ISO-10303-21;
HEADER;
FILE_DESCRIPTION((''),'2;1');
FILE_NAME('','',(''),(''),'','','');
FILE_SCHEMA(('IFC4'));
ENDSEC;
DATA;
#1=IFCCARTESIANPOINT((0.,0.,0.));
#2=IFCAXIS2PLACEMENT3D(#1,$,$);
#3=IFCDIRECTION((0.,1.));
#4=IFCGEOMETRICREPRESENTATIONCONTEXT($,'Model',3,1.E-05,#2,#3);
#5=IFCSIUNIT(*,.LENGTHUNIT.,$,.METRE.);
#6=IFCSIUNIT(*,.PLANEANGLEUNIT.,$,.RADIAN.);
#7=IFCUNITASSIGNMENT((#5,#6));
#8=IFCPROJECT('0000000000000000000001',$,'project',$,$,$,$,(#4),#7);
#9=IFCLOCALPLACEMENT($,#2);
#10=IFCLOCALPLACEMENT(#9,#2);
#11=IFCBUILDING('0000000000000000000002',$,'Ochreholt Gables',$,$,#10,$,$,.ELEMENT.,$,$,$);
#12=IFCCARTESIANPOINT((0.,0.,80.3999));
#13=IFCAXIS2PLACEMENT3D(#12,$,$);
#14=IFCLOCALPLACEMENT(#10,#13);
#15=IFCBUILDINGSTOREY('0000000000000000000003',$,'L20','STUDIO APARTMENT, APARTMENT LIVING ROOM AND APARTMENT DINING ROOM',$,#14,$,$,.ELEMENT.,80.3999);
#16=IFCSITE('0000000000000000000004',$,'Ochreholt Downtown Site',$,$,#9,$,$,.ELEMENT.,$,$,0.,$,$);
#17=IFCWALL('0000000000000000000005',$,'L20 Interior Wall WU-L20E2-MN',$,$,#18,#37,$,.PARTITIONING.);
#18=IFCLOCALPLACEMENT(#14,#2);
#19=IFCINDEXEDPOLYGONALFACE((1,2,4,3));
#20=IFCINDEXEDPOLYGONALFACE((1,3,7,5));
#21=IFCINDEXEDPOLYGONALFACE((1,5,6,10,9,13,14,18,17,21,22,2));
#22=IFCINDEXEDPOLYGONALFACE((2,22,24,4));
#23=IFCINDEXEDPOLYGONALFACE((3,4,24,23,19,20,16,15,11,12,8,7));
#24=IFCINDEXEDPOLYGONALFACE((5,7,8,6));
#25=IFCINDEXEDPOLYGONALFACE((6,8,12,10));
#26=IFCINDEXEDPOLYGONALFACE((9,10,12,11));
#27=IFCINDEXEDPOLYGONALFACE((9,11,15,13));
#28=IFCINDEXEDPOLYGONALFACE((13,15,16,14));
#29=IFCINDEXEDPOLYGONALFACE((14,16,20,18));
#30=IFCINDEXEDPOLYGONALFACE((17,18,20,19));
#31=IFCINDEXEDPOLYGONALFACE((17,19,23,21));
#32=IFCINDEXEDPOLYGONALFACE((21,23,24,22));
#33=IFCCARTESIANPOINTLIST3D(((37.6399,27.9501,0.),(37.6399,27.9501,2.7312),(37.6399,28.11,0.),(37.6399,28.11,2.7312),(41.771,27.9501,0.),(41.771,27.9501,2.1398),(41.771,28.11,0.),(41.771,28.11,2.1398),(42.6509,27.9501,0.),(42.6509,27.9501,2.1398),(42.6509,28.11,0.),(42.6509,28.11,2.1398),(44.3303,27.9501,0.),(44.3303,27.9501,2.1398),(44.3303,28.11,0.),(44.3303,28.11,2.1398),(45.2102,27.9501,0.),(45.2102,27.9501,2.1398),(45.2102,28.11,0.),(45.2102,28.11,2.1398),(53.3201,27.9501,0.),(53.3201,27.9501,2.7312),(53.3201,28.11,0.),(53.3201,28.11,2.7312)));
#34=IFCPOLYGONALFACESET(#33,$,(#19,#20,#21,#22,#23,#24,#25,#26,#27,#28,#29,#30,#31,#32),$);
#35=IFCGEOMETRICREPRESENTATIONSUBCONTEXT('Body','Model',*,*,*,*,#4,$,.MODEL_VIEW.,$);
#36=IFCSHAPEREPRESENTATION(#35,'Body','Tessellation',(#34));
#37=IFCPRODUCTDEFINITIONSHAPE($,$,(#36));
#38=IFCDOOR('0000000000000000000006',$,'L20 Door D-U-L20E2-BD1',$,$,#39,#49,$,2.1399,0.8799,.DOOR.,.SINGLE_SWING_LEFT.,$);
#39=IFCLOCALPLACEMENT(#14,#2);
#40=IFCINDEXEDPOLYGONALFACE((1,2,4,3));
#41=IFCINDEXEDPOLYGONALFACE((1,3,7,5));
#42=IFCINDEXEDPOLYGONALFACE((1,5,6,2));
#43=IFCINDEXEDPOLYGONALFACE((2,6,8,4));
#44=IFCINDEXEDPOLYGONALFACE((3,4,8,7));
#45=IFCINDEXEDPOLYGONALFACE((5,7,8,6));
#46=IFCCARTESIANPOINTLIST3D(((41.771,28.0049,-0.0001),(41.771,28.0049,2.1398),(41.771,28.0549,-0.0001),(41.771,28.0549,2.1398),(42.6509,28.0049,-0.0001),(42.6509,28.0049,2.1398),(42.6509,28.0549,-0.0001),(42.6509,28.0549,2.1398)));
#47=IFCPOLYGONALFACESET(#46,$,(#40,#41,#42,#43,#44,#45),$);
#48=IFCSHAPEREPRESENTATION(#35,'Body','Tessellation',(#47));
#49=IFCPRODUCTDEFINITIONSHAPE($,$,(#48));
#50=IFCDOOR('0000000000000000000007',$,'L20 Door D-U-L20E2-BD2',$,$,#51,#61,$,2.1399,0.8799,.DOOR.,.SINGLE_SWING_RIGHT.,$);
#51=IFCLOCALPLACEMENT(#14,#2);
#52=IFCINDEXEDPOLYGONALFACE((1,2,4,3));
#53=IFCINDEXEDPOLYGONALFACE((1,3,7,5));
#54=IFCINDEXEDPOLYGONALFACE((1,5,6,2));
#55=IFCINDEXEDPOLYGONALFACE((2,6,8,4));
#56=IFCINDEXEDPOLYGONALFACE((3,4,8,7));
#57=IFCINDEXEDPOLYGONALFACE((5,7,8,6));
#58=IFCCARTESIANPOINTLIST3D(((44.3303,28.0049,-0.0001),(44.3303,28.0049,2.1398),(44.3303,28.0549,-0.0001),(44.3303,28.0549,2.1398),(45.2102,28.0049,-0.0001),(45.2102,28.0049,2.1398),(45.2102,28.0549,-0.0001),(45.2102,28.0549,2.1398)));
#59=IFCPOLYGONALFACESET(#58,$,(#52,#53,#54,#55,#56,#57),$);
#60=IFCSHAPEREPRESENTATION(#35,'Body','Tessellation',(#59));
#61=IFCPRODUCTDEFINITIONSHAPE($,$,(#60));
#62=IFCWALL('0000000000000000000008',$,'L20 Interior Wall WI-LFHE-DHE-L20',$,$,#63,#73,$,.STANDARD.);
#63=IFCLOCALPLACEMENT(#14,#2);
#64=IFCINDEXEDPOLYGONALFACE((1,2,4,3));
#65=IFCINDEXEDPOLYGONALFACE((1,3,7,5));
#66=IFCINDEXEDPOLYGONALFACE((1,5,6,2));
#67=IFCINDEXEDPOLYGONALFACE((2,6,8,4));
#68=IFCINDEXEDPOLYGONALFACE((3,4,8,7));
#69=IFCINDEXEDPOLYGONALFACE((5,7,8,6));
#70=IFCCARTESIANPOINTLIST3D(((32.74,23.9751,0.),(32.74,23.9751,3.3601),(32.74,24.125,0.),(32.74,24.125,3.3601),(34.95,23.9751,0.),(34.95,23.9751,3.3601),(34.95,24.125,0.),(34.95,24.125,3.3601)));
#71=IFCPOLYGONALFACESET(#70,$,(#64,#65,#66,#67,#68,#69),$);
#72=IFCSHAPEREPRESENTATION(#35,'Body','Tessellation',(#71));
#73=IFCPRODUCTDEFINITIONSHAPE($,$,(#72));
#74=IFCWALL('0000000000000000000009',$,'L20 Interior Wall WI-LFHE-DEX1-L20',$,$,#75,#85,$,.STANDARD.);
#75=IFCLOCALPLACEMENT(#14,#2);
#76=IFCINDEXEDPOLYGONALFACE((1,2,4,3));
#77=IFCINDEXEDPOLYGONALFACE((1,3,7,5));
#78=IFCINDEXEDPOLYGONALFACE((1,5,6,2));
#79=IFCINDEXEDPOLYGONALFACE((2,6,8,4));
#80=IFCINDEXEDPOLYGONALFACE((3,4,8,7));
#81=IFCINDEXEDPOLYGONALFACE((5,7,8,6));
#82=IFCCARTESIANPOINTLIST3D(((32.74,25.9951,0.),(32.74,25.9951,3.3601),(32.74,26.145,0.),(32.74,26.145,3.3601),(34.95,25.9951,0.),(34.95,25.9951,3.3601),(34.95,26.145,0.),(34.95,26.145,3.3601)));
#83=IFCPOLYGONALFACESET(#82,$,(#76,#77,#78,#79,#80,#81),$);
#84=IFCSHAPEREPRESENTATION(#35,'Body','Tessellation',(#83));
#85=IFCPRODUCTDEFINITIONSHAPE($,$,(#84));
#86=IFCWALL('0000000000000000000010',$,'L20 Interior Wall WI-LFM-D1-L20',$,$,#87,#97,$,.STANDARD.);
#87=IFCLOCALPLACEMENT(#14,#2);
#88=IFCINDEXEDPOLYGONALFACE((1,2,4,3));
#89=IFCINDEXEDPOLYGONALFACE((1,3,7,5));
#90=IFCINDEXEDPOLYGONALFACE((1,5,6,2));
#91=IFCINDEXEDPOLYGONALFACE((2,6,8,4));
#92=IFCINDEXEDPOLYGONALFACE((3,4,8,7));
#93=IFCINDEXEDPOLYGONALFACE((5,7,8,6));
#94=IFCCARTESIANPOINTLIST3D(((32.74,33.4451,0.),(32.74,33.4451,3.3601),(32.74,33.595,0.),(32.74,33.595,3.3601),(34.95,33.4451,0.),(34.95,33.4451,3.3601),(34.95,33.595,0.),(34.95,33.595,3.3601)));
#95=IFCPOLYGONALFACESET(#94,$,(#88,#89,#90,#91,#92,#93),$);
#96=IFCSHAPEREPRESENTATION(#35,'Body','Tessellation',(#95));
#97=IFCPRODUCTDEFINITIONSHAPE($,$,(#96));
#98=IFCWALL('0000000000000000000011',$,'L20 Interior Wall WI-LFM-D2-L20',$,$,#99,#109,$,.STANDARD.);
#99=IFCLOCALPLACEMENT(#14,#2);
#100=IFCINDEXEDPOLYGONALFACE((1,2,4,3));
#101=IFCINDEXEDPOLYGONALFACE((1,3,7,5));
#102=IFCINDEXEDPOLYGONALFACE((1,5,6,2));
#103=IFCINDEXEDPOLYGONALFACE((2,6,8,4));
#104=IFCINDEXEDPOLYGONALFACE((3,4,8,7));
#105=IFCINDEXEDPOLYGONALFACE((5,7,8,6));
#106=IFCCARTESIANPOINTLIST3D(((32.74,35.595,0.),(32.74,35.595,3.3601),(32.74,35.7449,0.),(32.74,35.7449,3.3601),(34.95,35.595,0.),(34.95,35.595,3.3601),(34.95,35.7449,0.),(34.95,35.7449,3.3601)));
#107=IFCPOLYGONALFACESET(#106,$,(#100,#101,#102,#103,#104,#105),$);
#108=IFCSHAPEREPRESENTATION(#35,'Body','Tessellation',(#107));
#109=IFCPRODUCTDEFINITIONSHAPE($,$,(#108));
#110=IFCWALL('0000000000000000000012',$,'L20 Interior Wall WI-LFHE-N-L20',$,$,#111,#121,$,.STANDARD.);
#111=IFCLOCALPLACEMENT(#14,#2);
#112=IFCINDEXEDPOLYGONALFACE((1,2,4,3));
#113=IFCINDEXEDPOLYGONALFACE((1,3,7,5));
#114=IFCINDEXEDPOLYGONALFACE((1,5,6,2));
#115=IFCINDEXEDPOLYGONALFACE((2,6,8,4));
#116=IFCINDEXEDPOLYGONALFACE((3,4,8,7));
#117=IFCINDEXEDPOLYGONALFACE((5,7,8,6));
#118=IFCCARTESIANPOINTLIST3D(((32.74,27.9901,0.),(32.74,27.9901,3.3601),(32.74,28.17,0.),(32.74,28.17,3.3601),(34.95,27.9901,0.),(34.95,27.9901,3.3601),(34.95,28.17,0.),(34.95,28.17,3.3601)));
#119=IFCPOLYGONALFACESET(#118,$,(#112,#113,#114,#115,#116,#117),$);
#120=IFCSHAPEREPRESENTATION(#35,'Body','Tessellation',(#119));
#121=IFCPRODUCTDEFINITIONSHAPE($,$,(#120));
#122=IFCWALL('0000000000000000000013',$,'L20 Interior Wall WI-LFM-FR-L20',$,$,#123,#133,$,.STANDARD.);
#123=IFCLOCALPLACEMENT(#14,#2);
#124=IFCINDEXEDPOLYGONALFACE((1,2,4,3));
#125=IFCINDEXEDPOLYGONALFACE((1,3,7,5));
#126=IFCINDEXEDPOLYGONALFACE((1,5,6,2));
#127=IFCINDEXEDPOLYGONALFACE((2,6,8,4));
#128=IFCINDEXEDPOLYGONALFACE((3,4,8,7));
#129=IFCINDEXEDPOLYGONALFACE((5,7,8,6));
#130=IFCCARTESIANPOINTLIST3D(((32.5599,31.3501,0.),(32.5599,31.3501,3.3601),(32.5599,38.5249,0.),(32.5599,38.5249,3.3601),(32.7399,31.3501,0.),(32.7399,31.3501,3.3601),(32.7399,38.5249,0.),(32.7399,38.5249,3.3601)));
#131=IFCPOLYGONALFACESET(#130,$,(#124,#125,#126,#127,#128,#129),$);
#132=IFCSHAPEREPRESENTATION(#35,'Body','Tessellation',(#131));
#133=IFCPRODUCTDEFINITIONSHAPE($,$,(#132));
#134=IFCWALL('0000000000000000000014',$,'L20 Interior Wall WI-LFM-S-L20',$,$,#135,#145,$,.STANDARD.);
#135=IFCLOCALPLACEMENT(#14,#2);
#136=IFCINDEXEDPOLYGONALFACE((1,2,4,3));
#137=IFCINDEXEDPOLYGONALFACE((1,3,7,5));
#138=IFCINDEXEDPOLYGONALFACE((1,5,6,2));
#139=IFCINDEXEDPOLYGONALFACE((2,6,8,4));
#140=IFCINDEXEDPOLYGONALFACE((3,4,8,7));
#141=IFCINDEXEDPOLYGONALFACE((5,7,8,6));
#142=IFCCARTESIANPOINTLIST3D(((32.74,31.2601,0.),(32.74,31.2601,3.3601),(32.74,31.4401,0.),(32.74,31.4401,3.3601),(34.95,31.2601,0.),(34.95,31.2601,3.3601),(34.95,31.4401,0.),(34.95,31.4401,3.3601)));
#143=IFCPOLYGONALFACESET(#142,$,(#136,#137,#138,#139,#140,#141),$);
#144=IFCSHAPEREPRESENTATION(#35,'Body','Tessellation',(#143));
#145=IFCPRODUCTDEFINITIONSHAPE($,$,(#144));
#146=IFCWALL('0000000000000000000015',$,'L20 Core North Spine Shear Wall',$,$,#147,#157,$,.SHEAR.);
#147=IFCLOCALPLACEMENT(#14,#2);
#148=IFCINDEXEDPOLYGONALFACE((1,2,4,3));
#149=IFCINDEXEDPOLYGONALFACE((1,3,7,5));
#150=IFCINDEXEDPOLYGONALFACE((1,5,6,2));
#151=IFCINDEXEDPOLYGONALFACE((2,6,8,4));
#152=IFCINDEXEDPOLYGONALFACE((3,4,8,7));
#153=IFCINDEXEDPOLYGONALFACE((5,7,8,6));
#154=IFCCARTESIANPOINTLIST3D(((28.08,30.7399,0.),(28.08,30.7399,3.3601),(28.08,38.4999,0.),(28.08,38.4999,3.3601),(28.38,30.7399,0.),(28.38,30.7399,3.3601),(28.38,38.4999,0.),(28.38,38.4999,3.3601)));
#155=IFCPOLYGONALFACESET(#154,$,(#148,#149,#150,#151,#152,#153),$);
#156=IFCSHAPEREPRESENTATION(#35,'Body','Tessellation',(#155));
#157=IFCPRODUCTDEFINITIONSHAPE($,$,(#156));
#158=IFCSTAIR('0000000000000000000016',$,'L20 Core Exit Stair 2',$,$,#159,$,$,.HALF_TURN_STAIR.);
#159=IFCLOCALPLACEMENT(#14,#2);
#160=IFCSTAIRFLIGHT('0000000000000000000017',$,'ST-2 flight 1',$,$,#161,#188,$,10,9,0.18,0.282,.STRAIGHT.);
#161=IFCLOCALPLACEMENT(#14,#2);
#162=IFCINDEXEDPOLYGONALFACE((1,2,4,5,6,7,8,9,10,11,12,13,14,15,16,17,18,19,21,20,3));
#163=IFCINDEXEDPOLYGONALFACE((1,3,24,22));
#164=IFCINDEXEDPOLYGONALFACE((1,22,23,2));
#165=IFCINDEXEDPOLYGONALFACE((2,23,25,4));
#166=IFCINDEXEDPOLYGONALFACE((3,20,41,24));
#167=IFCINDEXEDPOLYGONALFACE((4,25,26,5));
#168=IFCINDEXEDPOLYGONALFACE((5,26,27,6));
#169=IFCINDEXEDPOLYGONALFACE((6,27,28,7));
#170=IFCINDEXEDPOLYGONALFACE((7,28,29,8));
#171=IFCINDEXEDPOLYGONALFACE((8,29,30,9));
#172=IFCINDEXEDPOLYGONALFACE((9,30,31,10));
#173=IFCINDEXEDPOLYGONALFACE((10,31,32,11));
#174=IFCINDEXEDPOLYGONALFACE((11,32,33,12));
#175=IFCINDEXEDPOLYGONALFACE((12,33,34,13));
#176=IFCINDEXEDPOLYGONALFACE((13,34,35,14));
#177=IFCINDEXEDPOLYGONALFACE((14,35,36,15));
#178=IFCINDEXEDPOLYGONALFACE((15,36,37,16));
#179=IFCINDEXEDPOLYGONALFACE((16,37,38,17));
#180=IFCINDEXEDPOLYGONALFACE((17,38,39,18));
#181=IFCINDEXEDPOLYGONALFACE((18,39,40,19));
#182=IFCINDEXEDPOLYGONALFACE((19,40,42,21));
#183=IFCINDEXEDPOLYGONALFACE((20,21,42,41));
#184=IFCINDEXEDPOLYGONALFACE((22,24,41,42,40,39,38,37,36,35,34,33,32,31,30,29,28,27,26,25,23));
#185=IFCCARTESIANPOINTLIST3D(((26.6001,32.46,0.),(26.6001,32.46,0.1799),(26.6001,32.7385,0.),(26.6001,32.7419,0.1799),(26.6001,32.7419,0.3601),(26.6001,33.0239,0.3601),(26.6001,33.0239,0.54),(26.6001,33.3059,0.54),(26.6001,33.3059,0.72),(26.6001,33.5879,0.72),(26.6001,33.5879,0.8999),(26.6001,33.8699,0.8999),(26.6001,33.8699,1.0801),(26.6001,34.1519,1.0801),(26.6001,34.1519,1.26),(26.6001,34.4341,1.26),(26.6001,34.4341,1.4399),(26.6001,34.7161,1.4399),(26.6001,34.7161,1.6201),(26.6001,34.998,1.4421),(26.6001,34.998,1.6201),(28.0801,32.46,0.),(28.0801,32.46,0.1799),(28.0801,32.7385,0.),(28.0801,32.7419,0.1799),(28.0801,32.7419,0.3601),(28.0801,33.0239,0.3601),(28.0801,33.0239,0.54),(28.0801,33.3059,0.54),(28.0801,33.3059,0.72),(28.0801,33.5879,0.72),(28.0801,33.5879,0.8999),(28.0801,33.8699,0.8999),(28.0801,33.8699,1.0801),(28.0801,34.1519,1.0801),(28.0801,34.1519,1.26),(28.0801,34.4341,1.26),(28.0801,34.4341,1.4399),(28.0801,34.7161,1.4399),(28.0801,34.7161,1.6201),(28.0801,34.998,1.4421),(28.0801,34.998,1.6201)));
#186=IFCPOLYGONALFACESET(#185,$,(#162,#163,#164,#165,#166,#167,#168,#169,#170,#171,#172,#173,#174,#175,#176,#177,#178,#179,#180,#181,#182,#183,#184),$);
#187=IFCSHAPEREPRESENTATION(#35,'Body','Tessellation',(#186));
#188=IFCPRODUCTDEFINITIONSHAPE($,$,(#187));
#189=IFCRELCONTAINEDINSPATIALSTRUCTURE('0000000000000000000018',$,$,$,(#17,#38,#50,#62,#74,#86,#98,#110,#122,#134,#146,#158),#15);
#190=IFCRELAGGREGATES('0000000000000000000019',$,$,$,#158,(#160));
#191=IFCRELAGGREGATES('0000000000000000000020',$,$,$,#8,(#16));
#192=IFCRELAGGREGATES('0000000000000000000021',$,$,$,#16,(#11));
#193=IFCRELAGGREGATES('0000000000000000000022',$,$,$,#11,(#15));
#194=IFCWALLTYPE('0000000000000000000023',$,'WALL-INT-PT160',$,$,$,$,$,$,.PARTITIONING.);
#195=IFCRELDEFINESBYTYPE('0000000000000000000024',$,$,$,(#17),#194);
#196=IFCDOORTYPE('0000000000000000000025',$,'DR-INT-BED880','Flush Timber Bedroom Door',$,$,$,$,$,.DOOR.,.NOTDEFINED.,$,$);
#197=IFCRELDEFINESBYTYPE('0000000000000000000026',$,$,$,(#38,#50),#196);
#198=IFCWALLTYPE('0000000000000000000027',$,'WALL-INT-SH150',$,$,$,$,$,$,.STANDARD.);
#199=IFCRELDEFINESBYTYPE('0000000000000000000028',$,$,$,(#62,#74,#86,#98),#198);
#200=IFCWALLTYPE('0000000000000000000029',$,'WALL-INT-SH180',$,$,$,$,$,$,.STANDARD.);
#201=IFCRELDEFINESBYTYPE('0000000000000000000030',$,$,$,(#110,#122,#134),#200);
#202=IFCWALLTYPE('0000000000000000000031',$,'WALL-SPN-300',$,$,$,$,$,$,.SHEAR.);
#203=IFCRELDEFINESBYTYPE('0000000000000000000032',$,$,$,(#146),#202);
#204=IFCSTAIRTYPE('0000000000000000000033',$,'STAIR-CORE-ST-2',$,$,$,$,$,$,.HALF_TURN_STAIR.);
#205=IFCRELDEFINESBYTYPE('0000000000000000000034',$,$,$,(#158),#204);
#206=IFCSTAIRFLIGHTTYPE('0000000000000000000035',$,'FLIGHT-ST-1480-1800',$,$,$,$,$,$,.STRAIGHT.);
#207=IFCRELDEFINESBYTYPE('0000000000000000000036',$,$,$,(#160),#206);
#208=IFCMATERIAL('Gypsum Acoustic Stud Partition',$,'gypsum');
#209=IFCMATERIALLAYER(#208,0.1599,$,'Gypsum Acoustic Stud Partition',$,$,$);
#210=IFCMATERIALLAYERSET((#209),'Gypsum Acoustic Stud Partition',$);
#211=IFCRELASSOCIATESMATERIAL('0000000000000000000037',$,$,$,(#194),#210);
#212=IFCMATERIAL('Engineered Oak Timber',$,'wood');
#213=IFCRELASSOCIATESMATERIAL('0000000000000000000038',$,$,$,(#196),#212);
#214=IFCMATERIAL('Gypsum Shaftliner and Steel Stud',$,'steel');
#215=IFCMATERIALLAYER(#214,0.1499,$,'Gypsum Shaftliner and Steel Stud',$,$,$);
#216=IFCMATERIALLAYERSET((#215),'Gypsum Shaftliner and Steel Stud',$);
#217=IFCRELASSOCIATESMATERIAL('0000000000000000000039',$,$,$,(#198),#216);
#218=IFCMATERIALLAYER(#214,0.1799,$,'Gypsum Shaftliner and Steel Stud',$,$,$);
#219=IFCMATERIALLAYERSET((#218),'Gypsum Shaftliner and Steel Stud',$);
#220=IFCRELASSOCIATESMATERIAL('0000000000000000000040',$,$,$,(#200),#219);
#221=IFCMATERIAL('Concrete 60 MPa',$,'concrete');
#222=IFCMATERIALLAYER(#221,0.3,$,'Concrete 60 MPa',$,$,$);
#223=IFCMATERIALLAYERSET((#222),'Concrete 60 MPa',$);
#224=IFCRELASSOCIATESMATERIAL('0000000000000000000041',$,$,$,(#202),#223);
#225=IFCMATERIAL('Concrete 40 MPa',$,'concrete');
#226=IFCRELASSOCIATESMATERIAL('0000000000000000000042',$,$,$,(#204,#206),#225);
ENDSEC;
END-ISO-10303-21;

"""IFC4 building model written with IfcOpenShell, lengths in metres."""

from ifc_helpers import new_model, si_unit, direction, frame, frame_2d, origin, place, context, subcontext, project, spatial, polyline, rectangle, outline, extrude, material, layer, layer_set, type_object, element, fill, aggregate, save


model = new_model("IFC4")

# Units and contexts
model_context = context("Model", 3, precision=1e-05, world=origin(), true_north=direction((0.0, 1.0)))
body_context = subcontext(model_context, "Body", "Model", "MODEL_VIEW")
ifc_project = project(units=[si_unit("LENGTHUNIT", "METRE"), si_unit("PLANEANGLEUNIT", "RADIAN")], contexts=[model_context])

# Site, building, storey
site_placement = place(None, origin())
site = spatial("IfcSite", under=ifc_project, at=site_placement, Name="Ochreholt Downtown Site", CompositionType="ELEMENT", RefElevation=0.0)
building_placement = place(site_placement, origin())
building = spatial("IfcBuilding", under=site, at=building_placement, Name="Ochreholt Gables", CompositionType="ELEMENT")
storey_placement = place(building_placement, frame((0.0, 0.0, 80.3999)))
storey = spatial("IfcBuildingStorey", under=building, at=storey_placement, Name="L20", Description="STUDIO APARTMENT, APARTMENT LIVING ROOM AND APARTMENT DINING ROOM", CompositionType="ELEMENT", Elevation=80.3999)

# Shared definitions
ifc_material_1 = material(Name="Concrete 60 MPa", Category="concrete")

# Shared definitions
ifc_material_2 = material(Name="Concrete 40 MPa", Category="concrete")

# Wall, openings, doors
ifc_material_3 = material(Name="Gypsum Acoustic Stud Partition", Category="gypsum")
ifc_layer_1 = layer(ifc_material_3, 0.1599, Name="Gypsum Acoustic Stud Partition")
ifc_layer_set_1 = layer_set([ifc_layer_1], Name="Gypsum Acoustic Stud Partition")
wall_type_1 = type_object("IfcWallType", Name="WALL-INT-PT160", PredefinedType="PARTITIONING", material=ifc_layer_set_1)
wall_1_placement = place(storey_placement, frame((37.6399, 28.03, 0.0), z_axis=(0.0, 0.0, 1.0), x_axis=(1.0, 0.0, 0.0)))
wall_1 = element("IfcWall", 1, at=wall_1_placement, inside=storey, type_object=wall_type_1, Name="L20 Interior Wall WU-L20E2-MN", PredefinedType="PARTITIONING", context=body_context, shape_type="SweptSolid", body=[
    extrude(rectangle(XDim=15.6802, YDim=0.1599, at=frame_2d((7.8401, 0.0))), origin(), (0.0, 0.0, 1.0), 2.7312),
])
opening_1_placement = place(wall_1_placement, frame((4.1311, 0.0, 0.0)))
opening_1 = element("IfcOpeningElement", 2, at=opening_1_placement, cuts=wall_1, PredefinedType="OPENING", context=body_context, shape_type="SweptSolid", body=[
    extrude(rectangle(XDim=0.8799, YDim=2.1399, at=frame_2d((0.4399, 1.0698))), frame((0.0, 0.0898, 0.0), z_axis=(0.0, -1.0, 0.0), x_axis=(1.0, 0.0, 0.0)), (0.0, 0.0, 1.0), 0.1799),
])
opening_2_placement = place(wall_1_placement, frame((6.6904, 0.0, 0.0)))
opening_2 = element("IfcOpeningElement", 3, at=opening_2_placement, cuts=wall_1, PredefinedType="OPENING", context=body_context, shape_type="SweptSolid", body=[
    extrude(rectangle(XDim=0.8799, YDim=2.1399, at=frame_2d((0.4399, 1.0698))), frame((0.0, 0.0898, 0.0), z_axis=(0.0, -1.0, 0.0), x_axis=(1.0, 0.0, 0.0)), (0.0, 0.0, 1.0), 0.1799),
])
ifc_material_4 = material(Name="Engineered Oak Timber", Category="wood")
door_type_1 = type_object("IfcDoorType", Name="DR-INT-BED880", Description="Flush Timber Bedroom Door", OperationType="NOTDEFINED", PredefinedType="DOOR", material=ifc_material_4)
door_1_placement = place(opening_1_placement, origin())
door_1 = element("IfcDoor", 4, at=door_1_placement, inside=storey, type_object=door_type_1, Name="L20 Door D-U-L20E2-BD1", OperationType="SINGLE_SWING_LEFT", OverallHeight=2.1399, OverallWidth=0.8799, PredefinedType="DOOR", context=body_context, shape_type="SweptSolid", body=[
    extrude(rectangle(XDim=0.8799, YDim=2.1399, at=frame_2d((0.4399, 1.0698))), frame((0.0, 0.0249, 0.0), z_axis=(0.0, -1.0, 0.0), x_axis=(1.0, 0.0, 0.0)), (0.0, 0.0, 1.0), 0.05),
])
fill(opening_1, door_1)
door_2_placement = place(opening_2_placement, origin())
door_2 = element("IfcDoor", 5, at=door_2_placement, inside=storey, type_object=door_type_1, Name="L20 Door D-U-L20E2-BD2", OperationType="SINGLE_SWING_RIGHT", OverallHeight=2.1399, OverallWidth=0.8799, PredefinedType="DOOR", context=body_context, shape_type="SweptSolid", body=[
    extrude(rectangle(XDim=0.8799, YDim=2.1399, at=frame_2d((0.4399, 1.0698))), frame((0.0, 0.0249, 0.0), z_axis=(0.0, -1.0, 0.0), x_axis=(1.0, 0.0, 0.0)), (0.0, 0.0, 1.0), 0.05),
])
fill(opening_2, door_2)

# Walls
ifc_material_5 = material(Name="Gypsum Shaftliner and Steel Stud", Category="steel")
ifc_layer_2 = layer(ifc_material_5, 0.1499, Name="Gypsum Shaftliner and Steel Stud")
ifc_layer_set_2 = layer_set([ifc_layer_2], Name="Gypsum Shaftliner and Steel Stud")
wall_type_2 = type_object("IfcWallType", Name="WALL-INT-SH150", PredefinedType="STANDARD", material=ifc_layer_set_2)
for number, where, z_axis, x_axis, name in (
    (6, (32.74, 24.05, 0.0), (0.0, 0.0, 1.0), (1.0, 0.0, 0.0), "L20 Interior Wall WI-LFHE-DHE-L20"),
    (7, (32.74, 26.0701, 0.0), (0.0, 0.0, 1.0), (1.0, 0.0, 0.0), "L20 Interior Wall WI-LFHE-DEX1-L20"),
    (8, (32.74, 33.52, 0.0), (0.0, 0.0, 1.0), (1.0, 0.0, 0.0), "L20 Interior Wall WI-LFM-D1-L20"),
    (9, (32.74, 35.6699, 0.0), (0.0, 0.0, 1.0), (1.0, 0.0, 0.0), "L20 Interior Wall WI-LFM-D2-L20"),
):
    element("IfcWall", number, at=place(storey_placement, frame(where, z_axis=z_axis, x_axis=x_axis)), inside=storey, type_object=wall_type_2, Name=name, PredefinedType="STANDARD", context=body_context, shape_type="SweptSolid", body=[
        extrude(rectangle(XDim=2.21, YDim=0.1499, at=frame_2d((1.105, 0.0))), origin(), (0.0, 0.0, 1.0), 3.3601),
    ])
ifc_layer_3 = layer(ifc_material_5, 0.1799, Name="Gypsum Shaftliner and Steel Stud")
ifc_layer_set_3 = layer_set([ifc_layer_3], Name="Gypsum Shaftliner and Steel Stud")
wall_type_3 = type_object("IfcWallType", Name="WALL-INT-SH180", PredefinedType="STANDARD", material=ifc_layer_set_3)
wall_2_placement = place(storey_placement, frame((32.74, 28.0801, 0.0), z_axis=(0.0, 0.0, 1.0), x_axis=(1.0, 0.0, 0.0)))
element("IfcWall", 10, at=wall_2_placement, inside=storey, type_object=wall_type_3, Name="L20 Interior Wall WI-LFHE-N-L20", PredefinedType="STANDARD", context=body_context, shape_type="SweptSolid", body=[
    extrude(rectangle(XDim=2.21, YDim=0.1799, at=frame_2d((1.105, 0.0))), origin(), (0.0, 0.0, 1.0), 3.3601),
])
wall_3_placement = place(storey_placement, frame((32.6499, 31.3501, 0.0), z_axis=(0.0, 0.0, 1.0), x_axis=(0.0, 1.0, 0.0)))
element("IfcWall", 11, at=wall_3_placement, inside=storey, type_object=wall_type_3, Name="L20 Interior Wall WI-LFM-FR-L20", PredefinedType="STANDARD", context=body_context, shape_type="SweptSolid", body=[
    extrude(rectangle(XDim=7.1748, YDim=0.1799, at=frame_2d((3.5874, 0.0))), origin(), (0.0, 0.0, 1.0), 3.3601),
])
wall_4_placement = place(storey_placement, frame((32.74, 31.3501, 0.0), z_axis=(0.0, 0.0, 1.0), x_axis=(1.0, 0.0, 0.0)))
element("IfcWall", 12, at=wall_4_placement, inside=storey, type_object=wall_type_3, Name="L20 Interior Wall WI-LFM-S-L20", PredefinedType="STANDARD", context=body_context, shape_type="SweptSolid", body=[
    extrude(rectangle(XDim=2.21, YDim=0.1799, at=frame_2d((1.105, 0.0))), origin(), (0.0, 0.0, 1.0), 3.3601),
])
ifc_layer_4 = layer(ifc_material_1, 0.3, Name="Concrete 60 MPa")
ifc_layer_set_4 = layer_set([ifc_layer_4], Name="Concrete 60 MPa")
wall_type_4 = type_object("IfcWallType", Name="WALL-SPN-300", PredefinedType="SHEAR", material=ifc_layer_set_4)
wall_5_placement = place(storey_placement, frame((28.23, 30.74, 0.0), z_axis=(0.0, 0.0, 1.0), x_axis=(0.0, 1.0, 0.0)))
element("IfcWall", 13, at=wall_5_placement, inside=storey, type_object=wall_type_4, Name="L20 Core North Spine Shear Wall", PredefinedType="SHEAR", context=body_context, shape_type="SweptSolid", body=[
    extrude(rectangle(XDim=7.76, YDim=0.3, at=frame_2d((3.8799, 0.0))), origin(), (0.0, 0.0, 1.0), 3.3601),
])

# Stair, stair flight
stair_type = type_object("IfcStairType", Name="STAIR-CORE-ST-2", PredefinedType="HALF_TURN_STAIR", material=ifc_material_2)
stair_placement = place(storey_placement, origin())
stair = element("IfcStair", 14, at=stair_placement, inside=storey, type_object=stair_type, Name="L20 Core Exit Stair 2", PredefinedType="HALF_TURN_STAIR")
stair_flight_type = type_object("IfcStairFlightType", Name="FLIGHT-ST-1480-1800", PredefinedType="STRAIGHT", material=ifc_material_2)
stair_flight_placement = place(storey_placement, frame((27.3401, 32.46, 0.0), z_axis=(0.0, 0.0, 1.0), x_axis=(0.0, 1.0, 0.0)))
stair_flight = element("IfcStairFlight", 15, at=stair_flight_placement, type_object=stair_flight_type, Name="ST-2 flight 1", NumberOfRisers=10, NumberOfTreads=9, PredefinedType="STRAIGHT", RiserHeight=0.18, TreadLength=0.282, context=body_context, shape_type="SweptSolid", body=[
    extrude(outline(polyline([(0.0, 0.0), (0.0, 0.1799), (0.282, 0.1799), (0.282, 0.3601), (0.564, 0.3601), (0.564, 0.54), (0.8459, 0.54), (0.8459, 0.72), (1.1279, 0.72), (1.1279, 0.8999), (1.4099, 0.8999), (1.4099, 1.0801), (1.6919, 1.0801), (1.6919, 1.26), (1.9741, 1.26), (1.9741, 1.4399), (2.2561, 1.4399), (2.2561, 1.6201), (2.5381, 1.6201), (2.5381, 1.8), (2.5381, 1.4421), (0.2786, 0.0), (0.0, 0.0)])), frame((0.0, 0.74, 0.0), z_axis=(0.0, -1.0, 0.0), x_axis=(1.0, 0.0, 0.0)), (0.0, 0.0, 1.0), 1.48),
])
aggregate(stair, [stair_flight])

save(model, "model.ifc")
